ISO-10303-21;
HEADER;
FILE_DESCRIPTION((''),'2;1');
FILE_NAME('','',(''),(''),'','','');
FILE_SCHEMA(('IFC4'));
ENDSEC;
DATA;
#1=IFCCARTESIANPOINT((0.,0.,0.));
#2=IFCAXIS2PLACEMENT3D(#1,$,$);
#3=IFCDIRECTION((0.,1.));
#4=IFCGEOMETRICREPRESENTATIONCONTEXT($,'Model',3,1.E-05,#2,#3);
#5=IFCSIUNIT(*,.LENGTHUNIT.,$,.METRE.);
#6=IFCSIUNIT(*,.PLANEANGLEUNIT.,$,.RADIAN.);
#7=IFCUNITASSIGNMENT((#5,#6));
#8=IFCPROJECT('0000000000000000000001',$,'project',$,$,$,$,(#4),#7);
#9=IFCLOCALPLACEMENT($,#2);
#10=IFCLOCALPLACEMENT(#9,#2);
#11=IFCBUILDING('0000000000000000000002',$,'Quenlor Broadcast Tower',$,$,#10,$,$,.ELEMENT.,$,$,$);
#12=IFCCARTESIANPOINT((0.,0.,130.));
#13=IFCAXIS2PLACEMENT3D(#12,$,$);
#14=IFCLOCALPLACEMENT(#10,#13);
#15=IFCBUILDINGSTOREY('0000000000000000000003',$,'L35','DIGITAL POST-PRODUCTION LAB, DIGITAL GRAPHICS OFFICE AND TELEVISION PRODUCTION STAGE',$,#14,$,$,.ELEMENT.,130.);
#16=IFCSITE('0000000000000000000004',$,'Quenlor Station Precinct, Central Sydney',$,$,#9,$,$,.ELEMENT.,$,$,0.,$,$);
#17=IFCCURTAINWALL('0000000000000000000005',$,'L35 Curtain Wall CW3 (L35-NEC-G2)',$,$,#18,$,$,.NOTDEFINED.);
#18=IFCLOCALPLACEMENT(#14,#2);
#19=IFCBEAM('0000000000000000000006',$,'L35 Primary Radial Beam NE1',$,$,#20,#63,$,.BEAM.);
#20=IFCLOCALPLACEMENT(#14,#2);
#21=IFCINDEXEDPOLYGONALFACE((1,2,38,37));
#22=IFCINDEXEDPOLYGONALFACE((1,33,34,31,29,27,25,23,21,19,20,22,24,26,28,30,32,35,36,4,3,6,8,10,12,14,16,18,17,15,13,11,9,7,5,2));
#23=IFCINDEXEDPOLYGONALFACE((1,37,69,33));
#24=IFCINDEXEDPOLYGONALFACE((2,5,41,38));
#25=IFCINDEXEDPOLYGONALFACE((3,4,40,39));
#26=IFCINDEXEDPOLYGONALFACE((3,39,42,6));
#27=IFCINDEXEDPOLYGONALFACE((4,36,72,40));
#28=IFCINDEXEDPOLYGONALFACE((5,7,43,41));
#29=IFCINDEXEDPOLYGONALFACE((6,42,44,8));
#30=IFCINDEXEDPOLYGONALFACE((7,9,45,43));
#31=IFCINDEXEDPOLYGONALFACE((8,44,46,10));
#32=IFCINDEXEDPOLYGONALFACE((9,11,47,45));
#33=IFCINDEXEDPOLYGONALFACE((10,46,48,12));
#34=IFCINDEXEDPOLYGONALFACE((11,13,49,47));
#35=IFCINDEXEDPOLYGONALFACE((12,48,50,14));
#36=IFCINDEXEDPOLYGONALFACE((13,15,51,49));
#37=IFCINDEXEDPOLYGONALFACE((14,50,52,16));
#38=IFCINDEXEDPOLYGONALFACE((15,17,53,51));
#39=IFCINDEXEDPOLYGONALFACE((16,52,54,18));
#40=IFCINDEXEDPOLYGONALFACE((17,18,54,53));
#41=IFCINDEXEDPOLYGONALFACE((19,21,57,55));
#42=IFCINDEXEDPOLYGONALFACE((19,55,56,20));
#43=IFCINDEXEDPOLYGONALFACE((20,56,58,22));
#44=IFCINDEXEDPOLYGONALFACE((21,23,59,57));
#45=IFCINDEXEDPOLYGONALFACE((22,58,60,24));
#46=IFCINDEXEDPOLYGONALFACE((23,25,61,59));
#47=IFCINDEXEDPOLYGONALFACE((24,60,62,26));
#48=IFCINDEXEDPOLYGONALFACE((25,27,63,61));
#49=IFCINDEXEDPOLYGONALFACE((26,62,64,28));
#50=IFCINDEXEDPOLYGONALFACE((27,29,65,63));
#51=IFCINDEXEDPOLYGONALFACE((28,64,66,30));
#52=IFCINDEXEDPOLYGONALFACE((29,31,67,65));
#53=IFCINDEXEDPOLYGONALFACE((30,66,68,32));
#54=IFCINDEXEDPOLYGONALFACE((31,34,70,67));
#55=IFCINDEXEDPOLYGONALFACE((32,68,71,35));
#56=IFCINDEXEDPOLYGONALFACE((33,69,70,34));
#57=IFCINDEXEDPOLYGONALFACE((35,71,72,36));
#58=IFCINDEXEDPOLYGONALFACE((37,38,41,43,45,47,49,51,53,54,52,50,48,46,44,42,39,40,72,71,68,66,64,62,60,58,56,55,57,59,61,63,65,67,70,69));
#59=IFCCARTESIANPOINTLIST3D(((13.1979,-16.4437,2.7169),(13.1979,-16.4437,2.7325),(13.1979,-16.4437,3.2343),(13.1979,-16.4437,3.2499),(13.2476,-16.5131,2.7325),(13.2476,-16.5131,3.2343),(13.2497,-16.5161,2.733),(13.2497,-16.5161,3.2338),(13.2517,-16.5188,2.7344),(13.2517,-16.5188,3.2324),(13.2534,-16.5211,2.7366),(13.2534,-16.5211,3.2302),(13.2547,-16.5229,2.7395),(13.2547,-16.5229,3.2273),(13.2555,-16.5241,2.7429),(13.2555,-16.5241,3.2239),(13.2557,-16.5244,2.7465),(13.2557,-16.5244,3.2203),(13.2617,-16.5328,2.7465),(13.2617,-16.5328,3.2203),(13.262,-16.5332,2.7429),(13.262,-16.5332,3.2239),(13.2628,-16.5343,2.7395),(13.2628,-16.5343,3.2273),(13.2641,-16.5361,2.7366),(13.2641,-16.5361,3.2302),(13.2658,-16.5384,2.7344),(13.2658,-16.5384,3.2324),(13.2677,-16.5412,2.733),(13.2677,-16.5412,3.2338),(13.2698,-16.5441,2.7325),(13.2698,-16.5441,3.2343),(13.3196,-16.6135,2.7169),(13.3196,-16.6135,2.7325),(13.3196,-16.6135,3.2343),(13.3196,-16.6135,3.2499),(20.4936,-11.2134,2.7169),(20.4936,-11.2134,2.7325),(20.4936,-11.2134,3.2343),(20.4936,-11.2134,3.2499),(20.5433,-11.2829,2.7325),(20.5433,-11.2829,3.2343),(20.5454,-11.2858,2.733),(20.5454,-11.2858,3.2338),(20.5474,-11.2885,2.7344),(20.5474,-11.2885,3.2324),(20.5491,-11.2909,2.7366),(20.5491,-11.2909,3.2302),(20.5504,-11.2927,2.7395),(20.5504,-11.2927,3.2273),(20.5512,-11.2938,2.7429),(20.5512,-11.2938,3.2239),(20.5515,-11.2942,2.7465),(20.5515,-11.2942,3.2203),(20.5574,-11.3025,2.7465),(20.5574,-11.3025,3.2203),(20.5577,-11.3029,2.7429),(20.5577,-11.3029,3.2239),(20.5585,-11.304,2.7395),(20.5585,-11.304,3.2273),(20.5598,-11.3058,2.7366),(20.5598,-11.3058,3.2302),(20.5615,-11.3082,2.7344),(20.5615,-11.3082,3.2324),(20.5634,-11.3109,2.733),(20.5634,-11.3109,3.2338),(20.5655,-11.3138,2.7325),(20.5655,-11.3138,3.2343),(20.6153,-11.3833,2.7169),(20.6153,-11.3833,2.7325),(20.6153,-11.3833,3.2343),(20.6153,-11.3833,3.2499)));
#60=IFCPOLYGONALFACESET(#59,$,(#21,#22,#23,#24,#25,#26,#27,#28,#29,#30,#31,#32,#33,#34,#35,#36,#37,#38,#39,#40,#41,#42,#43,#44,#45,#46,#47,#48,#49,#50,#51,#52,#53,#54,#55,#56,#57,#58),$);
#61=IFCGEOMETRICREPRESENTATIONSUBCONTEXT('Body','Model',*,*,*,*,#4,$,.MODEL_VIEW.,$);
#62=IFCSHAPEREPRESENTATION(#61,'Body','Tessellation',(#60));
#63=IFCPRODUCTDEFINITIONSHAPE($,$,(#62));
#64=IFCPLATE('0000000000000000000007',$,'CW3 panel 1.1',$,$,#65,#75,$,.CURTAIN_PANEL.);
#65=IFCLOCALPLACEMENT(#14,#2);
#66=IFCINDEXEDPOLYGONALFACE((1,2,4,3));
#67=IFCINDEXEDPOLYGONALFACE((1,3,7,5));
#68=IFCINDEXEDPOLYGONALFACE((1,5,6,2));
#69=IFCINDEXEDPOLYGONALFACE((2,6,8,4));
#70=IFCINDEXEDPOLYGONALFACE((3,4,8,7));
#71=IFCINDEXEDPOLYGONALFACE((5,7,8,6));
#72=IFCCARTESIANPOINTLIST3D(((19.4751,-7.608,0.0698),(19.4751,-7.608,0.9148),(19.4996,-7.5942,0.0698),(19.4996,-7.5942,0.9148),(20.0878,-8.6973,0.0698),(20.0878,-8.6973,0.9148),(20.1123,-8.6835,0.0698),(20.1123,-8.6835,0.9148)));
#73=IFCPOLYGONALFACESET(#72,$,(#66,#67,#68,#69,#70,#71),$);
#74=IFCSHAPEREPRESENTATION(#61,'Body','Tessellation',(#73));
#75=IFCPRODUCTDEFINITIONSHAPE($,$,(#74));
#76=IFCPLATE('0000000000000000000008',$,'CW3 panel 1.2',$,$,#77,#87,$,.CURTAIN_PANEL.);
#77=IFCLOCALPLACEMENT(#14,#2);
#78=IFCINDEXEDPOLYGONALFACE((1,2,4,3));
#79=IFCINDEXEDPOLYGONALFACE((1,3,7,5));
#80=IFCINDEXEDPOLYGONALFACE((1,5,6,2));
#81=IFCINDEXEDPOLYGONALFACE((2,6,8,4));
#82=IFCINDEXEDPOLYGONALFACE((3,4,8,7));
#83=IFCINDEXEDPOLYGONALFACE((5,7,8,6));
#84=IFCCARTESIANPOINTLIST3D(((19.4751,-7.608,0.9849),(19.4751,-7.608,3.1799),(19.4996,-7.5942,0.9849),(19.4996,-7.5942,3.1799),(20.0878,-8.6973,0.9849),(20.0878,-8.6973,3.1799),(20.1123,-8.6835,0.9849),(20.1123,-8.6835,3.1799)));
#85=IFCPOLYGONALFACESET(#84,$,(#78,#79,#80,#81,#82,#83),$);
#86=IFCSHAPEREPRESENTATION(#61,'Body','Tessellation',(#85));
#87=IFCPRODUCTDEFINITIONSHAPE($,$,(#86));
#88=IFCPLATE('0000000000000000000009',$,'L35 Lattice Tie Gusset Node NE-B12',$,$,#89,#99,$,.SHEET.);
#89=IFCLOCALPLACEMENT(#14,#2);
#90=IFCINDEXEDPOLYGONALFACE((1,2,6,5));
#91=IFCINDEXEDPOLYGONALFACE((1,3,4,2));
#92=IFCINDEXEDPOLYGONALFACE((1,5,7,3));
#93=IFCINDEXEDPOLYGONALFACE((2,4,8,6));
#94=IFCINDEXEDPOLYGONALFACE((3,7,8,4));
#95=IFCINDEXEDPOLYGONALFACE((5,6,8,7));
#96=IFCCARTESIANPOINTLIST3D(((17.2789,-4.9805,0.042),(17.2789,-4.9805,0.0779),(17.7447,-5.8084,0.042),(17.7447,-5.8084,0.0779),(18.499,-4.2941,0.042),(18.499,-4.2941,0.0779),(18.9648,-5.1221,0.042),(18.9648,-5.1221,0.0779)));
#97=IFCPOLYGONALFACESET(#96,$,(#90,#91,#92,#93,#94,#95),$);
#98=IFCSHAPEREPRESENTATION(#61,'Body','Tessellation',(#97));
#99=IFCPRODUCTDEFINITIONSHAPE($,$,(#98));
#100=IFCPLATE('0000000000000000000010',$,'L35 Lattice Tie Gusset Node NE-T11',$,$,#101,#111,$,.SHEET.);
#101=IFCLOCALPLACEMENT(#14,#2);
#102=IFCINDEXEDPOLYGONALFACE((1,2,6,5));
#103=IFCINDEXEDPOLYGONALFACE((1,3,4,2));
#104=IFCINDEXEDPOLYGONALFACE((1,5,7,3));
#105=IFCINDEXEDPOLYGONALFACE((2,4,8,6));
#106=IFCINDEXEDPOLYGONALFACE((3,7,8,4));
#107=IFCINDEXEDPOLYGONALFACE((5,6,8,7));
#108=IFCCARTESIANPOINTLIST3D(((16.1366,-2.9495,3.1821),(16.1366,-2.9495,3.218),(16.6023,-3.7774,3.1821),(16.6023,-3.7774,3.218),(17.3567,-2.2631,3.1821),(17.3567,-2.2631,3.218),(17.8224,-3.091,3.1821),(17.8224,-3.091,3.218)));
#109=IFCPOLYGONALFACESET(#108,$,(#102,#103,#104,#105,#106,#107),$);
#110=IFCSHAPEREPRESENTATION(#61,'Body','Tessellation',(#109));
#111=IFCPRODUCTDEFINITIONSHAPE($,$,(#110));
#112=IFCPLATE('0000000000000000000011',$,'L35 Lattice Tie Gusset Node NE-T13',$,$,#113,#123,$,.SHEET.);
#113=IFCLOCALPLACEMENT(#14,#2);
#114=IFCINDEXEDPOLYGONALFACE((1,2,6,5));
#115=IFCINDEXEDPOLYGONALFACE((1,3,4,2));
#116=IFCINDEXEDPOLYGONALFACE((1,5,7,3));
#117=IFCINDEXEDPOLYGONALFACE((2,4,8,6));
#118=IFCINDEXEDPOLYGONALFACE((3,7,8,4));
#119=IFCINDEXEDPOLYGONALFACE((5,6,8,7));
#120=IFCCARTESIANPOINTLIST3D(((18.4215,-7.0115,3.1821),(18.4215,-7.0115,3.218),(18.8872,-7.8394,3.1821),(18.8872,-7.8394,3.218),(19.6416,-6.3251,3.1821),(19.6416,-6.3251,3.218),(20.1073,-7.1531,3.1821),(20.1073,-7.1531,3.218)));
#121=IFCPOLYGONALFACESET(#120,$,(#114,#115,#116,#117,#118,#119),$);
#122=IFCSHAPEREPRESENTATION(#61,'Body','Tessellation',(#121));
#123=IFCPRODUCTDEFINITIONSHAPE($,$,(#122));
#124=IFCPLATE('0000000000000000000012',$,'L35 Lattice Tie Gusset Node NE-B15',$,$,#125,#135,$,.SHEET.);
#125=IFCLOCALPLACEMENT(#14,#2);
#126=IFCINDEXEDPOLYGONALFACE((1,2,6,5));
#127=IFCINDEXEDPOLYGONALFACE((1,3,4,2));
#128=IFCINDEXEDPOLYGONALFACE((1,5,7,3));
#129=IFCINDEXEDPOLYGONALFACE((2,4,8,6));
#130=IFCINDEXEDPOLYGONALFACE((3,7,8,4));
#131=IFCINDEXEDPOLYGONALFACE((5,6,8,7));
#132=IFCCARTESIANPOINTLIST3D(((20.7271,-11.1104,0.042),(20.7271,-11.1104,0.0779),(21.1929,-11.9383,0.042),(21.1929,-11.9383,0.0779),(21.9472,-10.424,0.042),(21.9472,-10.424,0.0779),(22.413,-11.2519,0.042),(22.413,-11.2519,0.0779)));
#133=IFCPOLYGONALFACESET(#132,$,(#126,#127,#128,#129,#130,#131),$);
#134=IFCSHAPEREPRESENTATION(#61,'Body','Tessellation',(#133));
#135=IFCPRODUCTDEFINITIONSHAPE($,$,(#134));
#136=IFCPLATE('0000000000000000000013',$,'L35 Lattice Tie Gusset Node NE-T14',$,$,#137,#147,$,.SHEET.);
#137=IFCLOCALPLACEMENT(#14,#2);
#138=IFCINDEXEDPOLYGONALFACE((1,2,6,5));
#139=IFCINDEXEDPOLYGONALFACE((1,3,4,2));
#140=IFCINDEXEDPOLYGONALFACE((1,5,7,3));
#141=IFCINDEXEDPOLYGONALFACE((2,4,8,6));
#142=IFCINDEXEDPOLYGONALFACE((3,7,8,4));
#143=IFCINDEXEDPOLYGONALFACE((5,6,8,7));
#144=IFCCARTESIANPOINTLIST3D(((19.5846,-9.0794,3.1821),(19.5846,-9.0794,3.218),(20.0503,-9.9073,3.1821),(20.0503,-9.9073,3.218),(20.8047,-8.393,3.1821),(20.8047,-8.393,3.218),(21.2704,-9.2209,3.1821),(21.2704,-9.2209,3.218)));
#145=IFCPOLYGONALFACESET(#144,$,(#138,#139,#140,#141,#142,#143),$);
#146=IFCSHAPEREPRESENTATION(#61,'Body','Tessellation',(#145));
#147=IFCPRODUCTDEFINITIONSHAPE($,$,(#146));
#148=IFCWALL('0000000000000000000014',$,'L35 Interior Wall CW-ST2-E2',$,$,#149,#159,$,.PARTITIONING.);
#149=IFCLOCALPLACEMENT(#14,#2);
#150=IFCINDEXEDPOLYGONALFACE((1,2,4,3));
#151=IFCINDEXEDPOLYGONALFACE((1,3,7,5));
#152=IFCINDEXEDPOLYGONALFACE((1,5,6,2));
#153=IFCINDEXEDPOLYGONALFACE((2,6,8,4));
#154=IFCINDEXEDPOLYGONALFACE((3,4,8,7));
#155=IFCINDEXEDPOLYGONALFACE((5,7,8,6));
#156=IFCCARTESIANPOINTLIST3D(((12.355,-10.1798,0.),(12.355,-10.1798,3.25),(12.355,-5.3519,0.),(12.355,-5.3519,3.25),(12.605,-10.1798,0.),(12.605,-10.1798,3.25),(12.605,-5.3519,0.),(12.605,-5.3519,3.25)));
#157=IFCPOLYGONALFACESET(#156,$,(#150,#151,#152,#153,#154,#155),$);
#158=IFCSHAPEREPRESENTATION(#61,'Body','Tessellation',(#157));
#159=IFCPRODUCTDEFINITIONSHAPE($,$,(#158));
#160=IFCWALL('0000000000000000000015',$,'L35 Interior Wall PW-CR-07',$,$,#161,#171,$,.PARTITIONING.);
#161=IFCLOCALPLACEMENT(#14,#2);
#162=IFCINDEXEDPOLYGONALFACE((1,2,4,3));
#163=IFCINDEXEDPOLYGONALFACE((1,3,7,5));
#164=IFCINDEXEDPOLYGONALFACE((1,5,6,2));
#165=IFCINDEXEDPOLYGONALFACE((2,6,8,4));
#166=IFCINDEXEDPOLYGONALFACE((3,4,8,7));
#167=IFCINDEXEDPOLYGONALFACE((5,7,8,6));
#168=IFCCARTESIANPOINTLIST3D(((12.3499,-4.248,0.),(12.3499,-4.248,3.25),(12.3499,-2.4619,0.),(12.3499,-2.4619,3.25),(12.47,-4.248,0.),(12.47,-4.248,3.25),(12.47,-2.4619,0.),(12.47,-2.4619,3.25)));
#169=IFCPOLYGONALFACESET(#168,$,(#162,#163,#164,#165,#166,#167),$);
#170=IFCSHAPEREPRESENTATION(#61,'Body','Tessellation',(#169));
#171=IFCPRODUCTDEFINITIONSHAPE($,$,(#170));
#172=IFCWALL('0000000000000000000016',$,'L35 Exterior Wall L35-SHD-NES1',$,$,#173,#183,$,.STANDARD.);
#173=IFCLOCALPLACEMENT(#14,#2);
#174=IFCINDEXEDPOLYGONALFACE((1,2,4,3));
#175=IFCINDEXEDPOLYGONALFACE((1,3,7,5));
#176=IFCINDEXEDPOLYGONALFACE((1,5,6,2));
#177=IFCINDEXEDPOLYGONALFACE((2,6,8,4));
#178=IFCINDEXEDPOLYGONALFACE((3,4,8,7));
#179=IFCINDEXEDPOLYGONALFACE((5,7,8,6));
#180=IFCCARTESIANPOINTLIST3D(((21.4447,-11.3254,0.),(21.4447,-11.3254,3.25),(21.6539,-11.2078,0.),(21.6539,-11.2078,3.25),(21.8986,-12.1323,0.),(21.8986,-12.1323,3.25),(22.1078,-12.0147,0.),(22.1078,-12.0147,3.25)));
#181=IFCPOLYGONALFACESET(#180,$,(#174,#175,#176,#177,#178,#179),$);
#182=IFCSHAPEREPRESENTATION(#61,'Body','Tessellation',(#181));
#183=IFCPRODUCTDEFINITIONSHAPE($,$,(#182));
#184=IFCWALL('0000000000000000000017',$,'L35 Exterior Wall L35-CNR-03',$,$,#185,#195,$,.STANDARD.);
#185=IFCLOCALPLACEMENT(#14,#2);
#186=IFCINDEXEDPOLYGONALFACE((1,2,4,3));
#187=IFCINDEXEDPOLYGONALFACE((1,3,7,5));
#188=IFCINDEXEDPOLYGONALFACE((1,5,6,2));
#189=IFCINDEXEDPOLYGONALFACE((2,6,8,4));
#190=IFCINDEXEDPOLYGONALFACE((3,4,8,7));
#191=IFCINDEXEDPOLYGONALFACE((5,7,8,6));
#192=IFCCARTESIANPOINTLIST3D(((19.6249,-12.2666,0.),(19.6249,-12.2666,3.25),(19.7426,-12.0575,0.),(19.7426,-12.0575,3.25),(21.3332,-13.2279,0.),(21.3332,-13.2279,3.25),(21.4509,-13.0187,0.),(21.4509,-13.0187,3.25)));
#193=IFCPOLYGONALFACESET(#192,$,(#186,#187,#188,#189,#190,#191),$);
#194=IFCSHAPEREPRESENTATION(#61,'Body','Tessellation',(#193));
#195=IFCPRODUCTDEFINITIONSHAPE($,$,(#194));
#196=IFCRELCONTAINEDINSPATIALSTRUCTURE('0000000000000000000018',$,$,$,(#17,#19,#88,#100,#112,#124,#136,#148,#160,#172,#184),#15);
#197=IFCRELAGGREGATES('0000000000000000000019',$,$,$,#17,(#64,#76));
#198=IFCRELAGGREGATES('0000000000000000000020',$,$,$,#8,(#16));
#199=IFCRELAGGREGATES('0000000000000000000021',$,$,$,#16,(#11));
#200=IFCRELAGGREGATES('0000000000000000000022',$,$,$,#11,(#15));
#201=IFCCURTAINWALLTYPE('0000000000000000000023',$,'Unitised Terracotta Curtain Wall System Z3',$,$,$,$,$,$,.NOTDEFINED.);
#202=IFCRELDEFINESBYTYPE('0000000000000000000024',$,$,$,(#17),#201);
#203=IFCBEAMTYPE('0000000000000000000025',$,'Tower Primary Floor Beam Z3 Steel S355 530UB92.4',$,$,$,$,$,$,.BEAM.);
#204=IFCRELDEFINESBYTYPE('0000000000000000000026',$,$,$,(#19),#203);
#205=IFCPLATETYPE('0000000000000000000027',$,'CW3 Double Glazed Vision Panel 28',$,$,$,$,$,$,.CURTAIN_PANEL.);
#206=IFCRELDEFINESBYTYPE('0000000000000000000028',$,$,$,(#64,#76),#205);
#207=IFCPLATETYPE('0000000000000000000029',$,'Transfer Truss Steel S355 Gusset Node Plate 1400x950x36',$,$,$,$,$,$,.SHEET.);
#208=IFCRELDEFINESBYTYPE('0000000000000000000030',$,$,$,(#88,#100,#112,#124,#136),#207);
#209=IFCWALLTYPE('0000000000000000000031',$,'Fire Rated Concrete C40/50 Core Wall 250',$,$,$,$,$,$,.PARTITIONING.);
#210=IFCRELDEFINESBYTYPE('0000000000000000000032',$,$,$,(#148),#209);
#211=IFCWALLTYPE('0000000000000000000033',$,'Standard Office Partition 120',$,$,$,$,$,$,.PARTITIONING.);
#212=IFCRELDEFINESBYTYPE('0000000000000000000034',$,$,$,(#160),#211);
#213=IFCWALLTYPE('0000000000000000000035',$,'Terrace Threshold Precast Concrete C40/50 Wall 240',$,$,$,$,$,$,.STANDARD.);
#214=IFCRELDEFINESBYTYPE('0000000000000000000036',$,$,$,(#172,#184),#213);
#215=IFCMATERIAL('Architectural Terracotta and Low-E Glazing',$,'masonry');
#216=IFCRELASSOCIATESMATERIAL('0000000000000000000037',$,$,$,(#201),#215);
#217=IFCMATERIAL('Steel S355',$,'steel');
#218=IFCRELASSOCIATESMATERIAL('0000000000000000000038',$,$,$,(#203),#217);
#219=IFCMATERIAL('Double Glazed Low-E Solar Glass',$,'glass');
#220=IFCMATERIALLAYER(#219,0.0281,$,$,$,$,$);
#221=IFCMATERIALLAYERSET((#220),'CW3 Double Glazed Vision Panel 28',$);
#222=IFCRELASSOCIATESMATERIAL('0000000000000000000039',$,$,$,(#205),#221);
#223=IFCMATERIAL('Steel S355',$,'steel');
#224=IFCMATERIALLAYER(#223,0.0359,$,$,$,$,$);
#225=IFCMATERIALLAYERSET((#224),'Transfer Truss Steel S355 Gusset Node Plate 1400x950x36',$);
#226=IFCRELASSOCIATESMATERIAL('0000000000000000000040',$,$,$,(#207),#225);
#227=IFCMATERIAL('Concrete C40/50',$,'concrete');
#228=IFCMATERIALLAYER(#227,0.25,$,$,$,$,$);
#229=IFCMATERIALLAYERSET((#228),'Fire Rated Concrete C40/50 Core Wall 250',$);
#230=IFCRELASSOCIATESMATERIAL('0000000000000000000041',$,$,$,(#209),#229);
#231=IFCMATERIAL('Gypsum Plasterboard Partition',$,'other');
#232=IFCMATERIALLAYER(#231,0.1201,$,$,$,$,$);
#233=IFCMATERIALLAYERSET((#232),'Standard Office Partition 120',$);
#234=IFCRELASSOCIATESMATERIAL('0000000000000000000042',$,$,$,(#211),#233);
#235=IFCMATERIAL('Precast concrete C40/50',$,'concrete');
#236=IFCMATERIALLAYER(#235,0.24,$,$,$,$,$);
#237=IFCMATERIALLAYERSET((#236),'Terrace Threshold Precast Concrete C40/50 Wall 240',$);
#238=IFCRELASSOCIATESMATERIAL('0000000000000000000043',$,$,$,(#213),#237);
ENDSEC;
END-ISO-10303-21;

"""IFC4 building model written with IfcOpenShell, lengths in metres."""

from ifc_helpers import new_model, si_unit, direction, frame, frame_2d, origin, origin_2d, place, context, subcontext, project, spatial, rectangle, i_section, extrude, material, layer, layer_set, material_profile, profile_set, type_object, element, aggregate, save


model = new_model("IFC4")

# Units and contexts
model_context = context("Model", 3, precision=1e-05, world=origin(), true_north=direction((0.0, 1.0)))
body_context = subcontext(model_context, "Body", "Model", "MODEL_VIEW")
ifc_project = project(units=[si_unit("LENGTHUNIT", "METRE"), si_unit("PLANEANGLEUNIT", "RADIAN")], contexts=[model_context])

# Site, building, storey
site_placement = place(None, origin())
site = spatial("IfcSite", under=ifc_project, at=site_placement, Name="Quenlor Station Precinct, Central Sydney", CompositionType="ELEMENT", RefElevation=0.0)
building_placement = place(site_placement, origin())
building = spatial("IfcBuilding", under=site, at=building_placement, Name="Quenlor Broadcast Tower", CompositionType="ELEMENT")
storey_placement = place(building_placement, frame((0.0, 0.0, 130.0)))
storey = spatial("IfcBuildingStorey", under=building, at=storey_placement, Name="L35", Description="DIGITAL POST-PRODUCTION LAB, DIGITAL GRAPHICS OFFICE AND TELEVISION PRODUCTION STAGE", CompositionType="ELEMENT", Elevation=130.0)

# Shared definitions
ifc_material_1 = material(Name="Architectural Terracotta and Low-E Glazing", Category="masonry")
curtain_wall_type = type_object("IfcCurtainWallType", Name="Unitised Terracotta Curtain Wall System Z3", PredefinedType="NOTDEFINED", material=ifc_material_1)

# Curtain wall
curtain_wall_1_placement = place(storey_placement, origin())
curtain_wall_1 = element("IfcCurtainWall", 1, at=curtain_wall_1_placement, inside=storey, type_object=curtain_wall_type, Name="L35 Curtain Wall CW3 (L35-NEC-G2)", PredefinedType="NOTDEFINED")

# Beam
ifc_material_2 = material(Name="Steel S355", Category="steel")
ifc_material_profile_1 = material_profile(ifc_material_2, i_section(OverallWidth=0.209, OverallDepth=0.533, WebThickness=0.0103, FlangeThickness=0.0156, FilletRadius=0.0139, at=origin_2d()))
ifc_profile_set_1 = profile_set([ifc_material_profile_1], Name="Steel S355 530UB92.4")
beam_type_1 = type_object("IfcBeamType", Name="Tower Primary Floor Beam Z3 Steel S355 530UB92.4", PredefinedType="BEAM", material=ifc_profile_set_1)
beam_1_placement = place(storey_placement, frame((20.5544, -11.2983, 2.9834), z_axis=(-0.812729, -0.582642, 0.0), x_axis=(0.582642, -0.812729, 0.0)))
element("IfcBeam", 2, at=beam_1_placement, inside=storey, type_object=beam_type_1, Name="L35 Primary Radial Beam NE1", PredefinedType="BEAM", context=body_context, shape_type="SweptSolid", body=[
    extrude(i_section(OverallWidth=0.209, OverallDepth=0.533, WebThickness=0.0103, FlangeThickness=0.0156, FilletRadius=0.0139, at=origin_2d()), origin(), (0.0, 0.0, 1.0), 8.9768),
])

# Plates
ifc_material_3 = material(Name="Double Glazed Low-E Solar Glass", Category="glass")
ifc_layer_1 = layer(ifc_material_3, 0.0281)
ifc_layer_set_1 = layer_set([ifc_layer_1], Name="CW3 Double Glazed Vision Panel 28")
plate_type_1 = type_object("IfcPlateType", Name="CW3 Double Glazed Vision Panel 28", PredefinedType="CURTAIN_PANEL", material=ifc_layer_set_1)
plate_1_placement = place(storey_placement, frame((19.7937, -8.1458, 0.0698), z_axis=(0.0, 0.0, 1.0), x_axis=(0.490261, -0.871576, 0.0)))
plate_1 = element("IfcPlate", 3, at=plate_1_placement, type_object=plate_type_1, Name="CW3 panel 1.1", PredefinedType="CURTAIN_PANEL", context=body_context, shape_type="SweptSolid", body=[
    extrude(rectangle(XDim=1.2498, YDim=0.0281, at=origin_2d()), origin(), (0.0, 0.0, 1.0), 0.845),
])
plate_2_placement = place(storey_placement, frame((19.7937, -8.1458, 0.9849), z_axis=(0.0, 0.0, 1.0), x_axis=(0.490261, -0.871576, 0.0)))
plate_2 = element("IfcPlate", 4, at=plate_2_placement, type_object=plate_type_1, Name="CW3 panel 1.2", PredefinedType="CURTAIN_PANEL", context=body_context, shape_type="SweptSolid", body=[
    extrude(rectangle(XDim=1.2498, YDim=0.0281, at=origin_2d()), origin(), (0.0, 0.0, 1.0), 2.1951),
])
aggregate(curtain_wall_1, [plate_1, plate_2])

# Plates
ifc_material_4 = material(Name="Steel S355", Category="steel")
ifc_layer_2 = layer(ifc_material_4, 0.0359)
ifc_layer_set_2 = layer_set([ifc_layer_2], Name="Transfer Truss Steel S355 Gusset Node Plate 1400x950x36")
plate_type_2 = type_object("IfcPlateType", Name="Transfer Truss Steel S355 Gusset Node Plate 1400x950x36", PredefinedType="SHEET", material=ifc_layer_set_2)
for number, where, z_axis, x_axis, name in (
    (5, (18.1218, -5.0513, 0.042), (0.0, 0.0, 1.0), (0.871556, 0.490295, 0.0), "L35 Lattice Tie Gusset Node NE-B12"),
    (6, (16.9795, -3.0203, 3.1821), (0.0, 0.0, 1.0), (0.871556, 0.490295, 0.0), "L35 Lattice Tie Gusset Node NE-T11"),
    (7, (19.2644, -7.0823, 3.1821), (0.0, 0.0, 1.0), (0.871556, 0.490295, 0.0), "L35 Lattice Tie Gusset Node NE-T13"),
    (8, (21.5701, -11.1812, 0.042), (0.0, 0.0, 1.0), (0.871556, 0.490295, 0.0), "L35 Lattice Tie Gusset Node NE-B15"),
    (9, (20.4275, -9.1501, 3.1821), (0.0, 0.0, 1.0), (0.871556, 0.490295, 0.0), "L35 Lattice Tie Gusset Node NE-T14"),
):
    element("IfcPlate", number, at=place(storey_placement, frame(where, z_axis=z_axis, x_axis=x_axis)), inside=storey, type_object=plate_type_2, Name=name, PredefinedType="SHEET", context=body_context, shape_type="SweptSolid", body=[
        extrude(rectangle(XDim=1.3999, YDim=0.95, at=origin_2d()), origin(), (0.0, 0.0, 1.0), 0.0359),
    ])

# Walls
ifc_material_5 = material(Name="Concrete C40/50", Category="concrete")
ifc_layer_3 = layer(ifc_material_5, 0.25)
ifc_layer_set_3 = layer_set([ifc_layer_3], Name="Fire Rated Concrete C40/50 Core Wall 250")
wall_type_1 = type_object("IfcWallType", Name="Fire Rated Concrete C40/50 Core Wall 250", PredefinedType="PARTITIONING", material=ifc_layer_set_3)
wall_1_placement = place(storey_placement, frame((12.48, -10.1799, 0.0), z_axis=(0.0, 0.0, 1.0), x_axis=(0.0, 1.0, 0.0)))
element("IfcWall", 10, at=wall_1_placement, inside=storey, type_object=wall_type_1, Name="L35 Interior Wall CW-ST2-E2", PredefinedType="PARTITIONING", context=body_context, shape_type="SweptSolid", body=[
    extrude(rectangle(XDim=4.8279, YDim=0.25, at=frame_2d((2.4141, 0.0))), origin(), (0.0, 0.0, 1.0), 3.25),
])
ifc_material_6 = material(Name="Gypsum Plasterboard Partition", Category="other")
ifc_layer_4 = layer(ifc_material_6, 0.1201)
ifc_layer_set_4 = layer_set([ifc_layer_4], Name="Standard Office Partition 120")
wall_type_2 = type_object("IfcWallType", Name="Standard Office Partition 120", PredefinedType="PARTITIONING", material=ifc_layer_set_4)
wall_2_placement = place(storey_placement, frame((12.4099, -2.4619, 0.0), z_axis=(0.0, 0.0, 1.0), x_axis=(0.0, -1.0, 0.0)))
element("IfcWall", 11, at=wall_2_placement, inside=storey, type_object=wall_type_2, Name="L35 Interior Wall PW-CR-07", PredefinedType="PARTITIONING", context=body_context, shape_type="SweptSolid", body=[
    extrude(rectangle(XDim=1.7861, YDim=0.1201, at=frame_2d((0.8931, 0.0))), origin(), (0.0, 0.0, 1.0), 3.25),
])
ifc_material_7 = material(Name="Precast concrete C40/50", Category="concrete")
ifc_layer_5 = layer(ifc_material_7, 0.24)
ifc_layer_set_5 = layer_set([ifc_layer_5], Name="Terrace Threshold Precast Concrete C40/50 Wall 240")
wall_type_3 = type_object("IfcWallType", Name="Terrace Threshold Precast Concrete C40/50 Wall 240", PredefinedType="STANDARD", material=ifc_layer_set_5)
wall_3_placement = place(storey_placement, frame((21.5493, -11.2666, 0.0), z_axis=(0.0, 0.0, 1.0), x_axis=(0.490249, -0.871583, 0.0)))
element("IfcWall", 12, at=wall_3_placement, inside=storey, type_object=wall_type_3, Name="L35 Exterior Wall L35-SHD-NES1", PredefinedType="STANDARD", context=body_context, shape_type="SweptSolid", body=[
    extrude(rectangle(XDim=0.9258, YDim=0.24, at=frame_2d((0.4629, 0.0))), origin(), (0.0, 0.0, 1.0), 3.25),
])
wall_4_placement = place(storey_placement, frame((19.6838, -12.1621, 0.0), z_axis=(0.0, 0.0, 1.0), x_axis=(0.871512, -0.490374, 0.0)))
element("IfcWall", 13, at=wall_4_placement, inside=storey, type_object=wall_type_3, Name="L35 Exterior Wall L35-CNR-03", PredefinedType="STANDARD", context=body_context, shape_type="SweptSolid", body=[
    extrude(rectangle(XDim=1.9602, YDim=0.24, at=frame_2d((0.98, 0.0))), origin(), (0.0, 0.0, 1.0), 3.25),
])

save(model, "model.ifc")
